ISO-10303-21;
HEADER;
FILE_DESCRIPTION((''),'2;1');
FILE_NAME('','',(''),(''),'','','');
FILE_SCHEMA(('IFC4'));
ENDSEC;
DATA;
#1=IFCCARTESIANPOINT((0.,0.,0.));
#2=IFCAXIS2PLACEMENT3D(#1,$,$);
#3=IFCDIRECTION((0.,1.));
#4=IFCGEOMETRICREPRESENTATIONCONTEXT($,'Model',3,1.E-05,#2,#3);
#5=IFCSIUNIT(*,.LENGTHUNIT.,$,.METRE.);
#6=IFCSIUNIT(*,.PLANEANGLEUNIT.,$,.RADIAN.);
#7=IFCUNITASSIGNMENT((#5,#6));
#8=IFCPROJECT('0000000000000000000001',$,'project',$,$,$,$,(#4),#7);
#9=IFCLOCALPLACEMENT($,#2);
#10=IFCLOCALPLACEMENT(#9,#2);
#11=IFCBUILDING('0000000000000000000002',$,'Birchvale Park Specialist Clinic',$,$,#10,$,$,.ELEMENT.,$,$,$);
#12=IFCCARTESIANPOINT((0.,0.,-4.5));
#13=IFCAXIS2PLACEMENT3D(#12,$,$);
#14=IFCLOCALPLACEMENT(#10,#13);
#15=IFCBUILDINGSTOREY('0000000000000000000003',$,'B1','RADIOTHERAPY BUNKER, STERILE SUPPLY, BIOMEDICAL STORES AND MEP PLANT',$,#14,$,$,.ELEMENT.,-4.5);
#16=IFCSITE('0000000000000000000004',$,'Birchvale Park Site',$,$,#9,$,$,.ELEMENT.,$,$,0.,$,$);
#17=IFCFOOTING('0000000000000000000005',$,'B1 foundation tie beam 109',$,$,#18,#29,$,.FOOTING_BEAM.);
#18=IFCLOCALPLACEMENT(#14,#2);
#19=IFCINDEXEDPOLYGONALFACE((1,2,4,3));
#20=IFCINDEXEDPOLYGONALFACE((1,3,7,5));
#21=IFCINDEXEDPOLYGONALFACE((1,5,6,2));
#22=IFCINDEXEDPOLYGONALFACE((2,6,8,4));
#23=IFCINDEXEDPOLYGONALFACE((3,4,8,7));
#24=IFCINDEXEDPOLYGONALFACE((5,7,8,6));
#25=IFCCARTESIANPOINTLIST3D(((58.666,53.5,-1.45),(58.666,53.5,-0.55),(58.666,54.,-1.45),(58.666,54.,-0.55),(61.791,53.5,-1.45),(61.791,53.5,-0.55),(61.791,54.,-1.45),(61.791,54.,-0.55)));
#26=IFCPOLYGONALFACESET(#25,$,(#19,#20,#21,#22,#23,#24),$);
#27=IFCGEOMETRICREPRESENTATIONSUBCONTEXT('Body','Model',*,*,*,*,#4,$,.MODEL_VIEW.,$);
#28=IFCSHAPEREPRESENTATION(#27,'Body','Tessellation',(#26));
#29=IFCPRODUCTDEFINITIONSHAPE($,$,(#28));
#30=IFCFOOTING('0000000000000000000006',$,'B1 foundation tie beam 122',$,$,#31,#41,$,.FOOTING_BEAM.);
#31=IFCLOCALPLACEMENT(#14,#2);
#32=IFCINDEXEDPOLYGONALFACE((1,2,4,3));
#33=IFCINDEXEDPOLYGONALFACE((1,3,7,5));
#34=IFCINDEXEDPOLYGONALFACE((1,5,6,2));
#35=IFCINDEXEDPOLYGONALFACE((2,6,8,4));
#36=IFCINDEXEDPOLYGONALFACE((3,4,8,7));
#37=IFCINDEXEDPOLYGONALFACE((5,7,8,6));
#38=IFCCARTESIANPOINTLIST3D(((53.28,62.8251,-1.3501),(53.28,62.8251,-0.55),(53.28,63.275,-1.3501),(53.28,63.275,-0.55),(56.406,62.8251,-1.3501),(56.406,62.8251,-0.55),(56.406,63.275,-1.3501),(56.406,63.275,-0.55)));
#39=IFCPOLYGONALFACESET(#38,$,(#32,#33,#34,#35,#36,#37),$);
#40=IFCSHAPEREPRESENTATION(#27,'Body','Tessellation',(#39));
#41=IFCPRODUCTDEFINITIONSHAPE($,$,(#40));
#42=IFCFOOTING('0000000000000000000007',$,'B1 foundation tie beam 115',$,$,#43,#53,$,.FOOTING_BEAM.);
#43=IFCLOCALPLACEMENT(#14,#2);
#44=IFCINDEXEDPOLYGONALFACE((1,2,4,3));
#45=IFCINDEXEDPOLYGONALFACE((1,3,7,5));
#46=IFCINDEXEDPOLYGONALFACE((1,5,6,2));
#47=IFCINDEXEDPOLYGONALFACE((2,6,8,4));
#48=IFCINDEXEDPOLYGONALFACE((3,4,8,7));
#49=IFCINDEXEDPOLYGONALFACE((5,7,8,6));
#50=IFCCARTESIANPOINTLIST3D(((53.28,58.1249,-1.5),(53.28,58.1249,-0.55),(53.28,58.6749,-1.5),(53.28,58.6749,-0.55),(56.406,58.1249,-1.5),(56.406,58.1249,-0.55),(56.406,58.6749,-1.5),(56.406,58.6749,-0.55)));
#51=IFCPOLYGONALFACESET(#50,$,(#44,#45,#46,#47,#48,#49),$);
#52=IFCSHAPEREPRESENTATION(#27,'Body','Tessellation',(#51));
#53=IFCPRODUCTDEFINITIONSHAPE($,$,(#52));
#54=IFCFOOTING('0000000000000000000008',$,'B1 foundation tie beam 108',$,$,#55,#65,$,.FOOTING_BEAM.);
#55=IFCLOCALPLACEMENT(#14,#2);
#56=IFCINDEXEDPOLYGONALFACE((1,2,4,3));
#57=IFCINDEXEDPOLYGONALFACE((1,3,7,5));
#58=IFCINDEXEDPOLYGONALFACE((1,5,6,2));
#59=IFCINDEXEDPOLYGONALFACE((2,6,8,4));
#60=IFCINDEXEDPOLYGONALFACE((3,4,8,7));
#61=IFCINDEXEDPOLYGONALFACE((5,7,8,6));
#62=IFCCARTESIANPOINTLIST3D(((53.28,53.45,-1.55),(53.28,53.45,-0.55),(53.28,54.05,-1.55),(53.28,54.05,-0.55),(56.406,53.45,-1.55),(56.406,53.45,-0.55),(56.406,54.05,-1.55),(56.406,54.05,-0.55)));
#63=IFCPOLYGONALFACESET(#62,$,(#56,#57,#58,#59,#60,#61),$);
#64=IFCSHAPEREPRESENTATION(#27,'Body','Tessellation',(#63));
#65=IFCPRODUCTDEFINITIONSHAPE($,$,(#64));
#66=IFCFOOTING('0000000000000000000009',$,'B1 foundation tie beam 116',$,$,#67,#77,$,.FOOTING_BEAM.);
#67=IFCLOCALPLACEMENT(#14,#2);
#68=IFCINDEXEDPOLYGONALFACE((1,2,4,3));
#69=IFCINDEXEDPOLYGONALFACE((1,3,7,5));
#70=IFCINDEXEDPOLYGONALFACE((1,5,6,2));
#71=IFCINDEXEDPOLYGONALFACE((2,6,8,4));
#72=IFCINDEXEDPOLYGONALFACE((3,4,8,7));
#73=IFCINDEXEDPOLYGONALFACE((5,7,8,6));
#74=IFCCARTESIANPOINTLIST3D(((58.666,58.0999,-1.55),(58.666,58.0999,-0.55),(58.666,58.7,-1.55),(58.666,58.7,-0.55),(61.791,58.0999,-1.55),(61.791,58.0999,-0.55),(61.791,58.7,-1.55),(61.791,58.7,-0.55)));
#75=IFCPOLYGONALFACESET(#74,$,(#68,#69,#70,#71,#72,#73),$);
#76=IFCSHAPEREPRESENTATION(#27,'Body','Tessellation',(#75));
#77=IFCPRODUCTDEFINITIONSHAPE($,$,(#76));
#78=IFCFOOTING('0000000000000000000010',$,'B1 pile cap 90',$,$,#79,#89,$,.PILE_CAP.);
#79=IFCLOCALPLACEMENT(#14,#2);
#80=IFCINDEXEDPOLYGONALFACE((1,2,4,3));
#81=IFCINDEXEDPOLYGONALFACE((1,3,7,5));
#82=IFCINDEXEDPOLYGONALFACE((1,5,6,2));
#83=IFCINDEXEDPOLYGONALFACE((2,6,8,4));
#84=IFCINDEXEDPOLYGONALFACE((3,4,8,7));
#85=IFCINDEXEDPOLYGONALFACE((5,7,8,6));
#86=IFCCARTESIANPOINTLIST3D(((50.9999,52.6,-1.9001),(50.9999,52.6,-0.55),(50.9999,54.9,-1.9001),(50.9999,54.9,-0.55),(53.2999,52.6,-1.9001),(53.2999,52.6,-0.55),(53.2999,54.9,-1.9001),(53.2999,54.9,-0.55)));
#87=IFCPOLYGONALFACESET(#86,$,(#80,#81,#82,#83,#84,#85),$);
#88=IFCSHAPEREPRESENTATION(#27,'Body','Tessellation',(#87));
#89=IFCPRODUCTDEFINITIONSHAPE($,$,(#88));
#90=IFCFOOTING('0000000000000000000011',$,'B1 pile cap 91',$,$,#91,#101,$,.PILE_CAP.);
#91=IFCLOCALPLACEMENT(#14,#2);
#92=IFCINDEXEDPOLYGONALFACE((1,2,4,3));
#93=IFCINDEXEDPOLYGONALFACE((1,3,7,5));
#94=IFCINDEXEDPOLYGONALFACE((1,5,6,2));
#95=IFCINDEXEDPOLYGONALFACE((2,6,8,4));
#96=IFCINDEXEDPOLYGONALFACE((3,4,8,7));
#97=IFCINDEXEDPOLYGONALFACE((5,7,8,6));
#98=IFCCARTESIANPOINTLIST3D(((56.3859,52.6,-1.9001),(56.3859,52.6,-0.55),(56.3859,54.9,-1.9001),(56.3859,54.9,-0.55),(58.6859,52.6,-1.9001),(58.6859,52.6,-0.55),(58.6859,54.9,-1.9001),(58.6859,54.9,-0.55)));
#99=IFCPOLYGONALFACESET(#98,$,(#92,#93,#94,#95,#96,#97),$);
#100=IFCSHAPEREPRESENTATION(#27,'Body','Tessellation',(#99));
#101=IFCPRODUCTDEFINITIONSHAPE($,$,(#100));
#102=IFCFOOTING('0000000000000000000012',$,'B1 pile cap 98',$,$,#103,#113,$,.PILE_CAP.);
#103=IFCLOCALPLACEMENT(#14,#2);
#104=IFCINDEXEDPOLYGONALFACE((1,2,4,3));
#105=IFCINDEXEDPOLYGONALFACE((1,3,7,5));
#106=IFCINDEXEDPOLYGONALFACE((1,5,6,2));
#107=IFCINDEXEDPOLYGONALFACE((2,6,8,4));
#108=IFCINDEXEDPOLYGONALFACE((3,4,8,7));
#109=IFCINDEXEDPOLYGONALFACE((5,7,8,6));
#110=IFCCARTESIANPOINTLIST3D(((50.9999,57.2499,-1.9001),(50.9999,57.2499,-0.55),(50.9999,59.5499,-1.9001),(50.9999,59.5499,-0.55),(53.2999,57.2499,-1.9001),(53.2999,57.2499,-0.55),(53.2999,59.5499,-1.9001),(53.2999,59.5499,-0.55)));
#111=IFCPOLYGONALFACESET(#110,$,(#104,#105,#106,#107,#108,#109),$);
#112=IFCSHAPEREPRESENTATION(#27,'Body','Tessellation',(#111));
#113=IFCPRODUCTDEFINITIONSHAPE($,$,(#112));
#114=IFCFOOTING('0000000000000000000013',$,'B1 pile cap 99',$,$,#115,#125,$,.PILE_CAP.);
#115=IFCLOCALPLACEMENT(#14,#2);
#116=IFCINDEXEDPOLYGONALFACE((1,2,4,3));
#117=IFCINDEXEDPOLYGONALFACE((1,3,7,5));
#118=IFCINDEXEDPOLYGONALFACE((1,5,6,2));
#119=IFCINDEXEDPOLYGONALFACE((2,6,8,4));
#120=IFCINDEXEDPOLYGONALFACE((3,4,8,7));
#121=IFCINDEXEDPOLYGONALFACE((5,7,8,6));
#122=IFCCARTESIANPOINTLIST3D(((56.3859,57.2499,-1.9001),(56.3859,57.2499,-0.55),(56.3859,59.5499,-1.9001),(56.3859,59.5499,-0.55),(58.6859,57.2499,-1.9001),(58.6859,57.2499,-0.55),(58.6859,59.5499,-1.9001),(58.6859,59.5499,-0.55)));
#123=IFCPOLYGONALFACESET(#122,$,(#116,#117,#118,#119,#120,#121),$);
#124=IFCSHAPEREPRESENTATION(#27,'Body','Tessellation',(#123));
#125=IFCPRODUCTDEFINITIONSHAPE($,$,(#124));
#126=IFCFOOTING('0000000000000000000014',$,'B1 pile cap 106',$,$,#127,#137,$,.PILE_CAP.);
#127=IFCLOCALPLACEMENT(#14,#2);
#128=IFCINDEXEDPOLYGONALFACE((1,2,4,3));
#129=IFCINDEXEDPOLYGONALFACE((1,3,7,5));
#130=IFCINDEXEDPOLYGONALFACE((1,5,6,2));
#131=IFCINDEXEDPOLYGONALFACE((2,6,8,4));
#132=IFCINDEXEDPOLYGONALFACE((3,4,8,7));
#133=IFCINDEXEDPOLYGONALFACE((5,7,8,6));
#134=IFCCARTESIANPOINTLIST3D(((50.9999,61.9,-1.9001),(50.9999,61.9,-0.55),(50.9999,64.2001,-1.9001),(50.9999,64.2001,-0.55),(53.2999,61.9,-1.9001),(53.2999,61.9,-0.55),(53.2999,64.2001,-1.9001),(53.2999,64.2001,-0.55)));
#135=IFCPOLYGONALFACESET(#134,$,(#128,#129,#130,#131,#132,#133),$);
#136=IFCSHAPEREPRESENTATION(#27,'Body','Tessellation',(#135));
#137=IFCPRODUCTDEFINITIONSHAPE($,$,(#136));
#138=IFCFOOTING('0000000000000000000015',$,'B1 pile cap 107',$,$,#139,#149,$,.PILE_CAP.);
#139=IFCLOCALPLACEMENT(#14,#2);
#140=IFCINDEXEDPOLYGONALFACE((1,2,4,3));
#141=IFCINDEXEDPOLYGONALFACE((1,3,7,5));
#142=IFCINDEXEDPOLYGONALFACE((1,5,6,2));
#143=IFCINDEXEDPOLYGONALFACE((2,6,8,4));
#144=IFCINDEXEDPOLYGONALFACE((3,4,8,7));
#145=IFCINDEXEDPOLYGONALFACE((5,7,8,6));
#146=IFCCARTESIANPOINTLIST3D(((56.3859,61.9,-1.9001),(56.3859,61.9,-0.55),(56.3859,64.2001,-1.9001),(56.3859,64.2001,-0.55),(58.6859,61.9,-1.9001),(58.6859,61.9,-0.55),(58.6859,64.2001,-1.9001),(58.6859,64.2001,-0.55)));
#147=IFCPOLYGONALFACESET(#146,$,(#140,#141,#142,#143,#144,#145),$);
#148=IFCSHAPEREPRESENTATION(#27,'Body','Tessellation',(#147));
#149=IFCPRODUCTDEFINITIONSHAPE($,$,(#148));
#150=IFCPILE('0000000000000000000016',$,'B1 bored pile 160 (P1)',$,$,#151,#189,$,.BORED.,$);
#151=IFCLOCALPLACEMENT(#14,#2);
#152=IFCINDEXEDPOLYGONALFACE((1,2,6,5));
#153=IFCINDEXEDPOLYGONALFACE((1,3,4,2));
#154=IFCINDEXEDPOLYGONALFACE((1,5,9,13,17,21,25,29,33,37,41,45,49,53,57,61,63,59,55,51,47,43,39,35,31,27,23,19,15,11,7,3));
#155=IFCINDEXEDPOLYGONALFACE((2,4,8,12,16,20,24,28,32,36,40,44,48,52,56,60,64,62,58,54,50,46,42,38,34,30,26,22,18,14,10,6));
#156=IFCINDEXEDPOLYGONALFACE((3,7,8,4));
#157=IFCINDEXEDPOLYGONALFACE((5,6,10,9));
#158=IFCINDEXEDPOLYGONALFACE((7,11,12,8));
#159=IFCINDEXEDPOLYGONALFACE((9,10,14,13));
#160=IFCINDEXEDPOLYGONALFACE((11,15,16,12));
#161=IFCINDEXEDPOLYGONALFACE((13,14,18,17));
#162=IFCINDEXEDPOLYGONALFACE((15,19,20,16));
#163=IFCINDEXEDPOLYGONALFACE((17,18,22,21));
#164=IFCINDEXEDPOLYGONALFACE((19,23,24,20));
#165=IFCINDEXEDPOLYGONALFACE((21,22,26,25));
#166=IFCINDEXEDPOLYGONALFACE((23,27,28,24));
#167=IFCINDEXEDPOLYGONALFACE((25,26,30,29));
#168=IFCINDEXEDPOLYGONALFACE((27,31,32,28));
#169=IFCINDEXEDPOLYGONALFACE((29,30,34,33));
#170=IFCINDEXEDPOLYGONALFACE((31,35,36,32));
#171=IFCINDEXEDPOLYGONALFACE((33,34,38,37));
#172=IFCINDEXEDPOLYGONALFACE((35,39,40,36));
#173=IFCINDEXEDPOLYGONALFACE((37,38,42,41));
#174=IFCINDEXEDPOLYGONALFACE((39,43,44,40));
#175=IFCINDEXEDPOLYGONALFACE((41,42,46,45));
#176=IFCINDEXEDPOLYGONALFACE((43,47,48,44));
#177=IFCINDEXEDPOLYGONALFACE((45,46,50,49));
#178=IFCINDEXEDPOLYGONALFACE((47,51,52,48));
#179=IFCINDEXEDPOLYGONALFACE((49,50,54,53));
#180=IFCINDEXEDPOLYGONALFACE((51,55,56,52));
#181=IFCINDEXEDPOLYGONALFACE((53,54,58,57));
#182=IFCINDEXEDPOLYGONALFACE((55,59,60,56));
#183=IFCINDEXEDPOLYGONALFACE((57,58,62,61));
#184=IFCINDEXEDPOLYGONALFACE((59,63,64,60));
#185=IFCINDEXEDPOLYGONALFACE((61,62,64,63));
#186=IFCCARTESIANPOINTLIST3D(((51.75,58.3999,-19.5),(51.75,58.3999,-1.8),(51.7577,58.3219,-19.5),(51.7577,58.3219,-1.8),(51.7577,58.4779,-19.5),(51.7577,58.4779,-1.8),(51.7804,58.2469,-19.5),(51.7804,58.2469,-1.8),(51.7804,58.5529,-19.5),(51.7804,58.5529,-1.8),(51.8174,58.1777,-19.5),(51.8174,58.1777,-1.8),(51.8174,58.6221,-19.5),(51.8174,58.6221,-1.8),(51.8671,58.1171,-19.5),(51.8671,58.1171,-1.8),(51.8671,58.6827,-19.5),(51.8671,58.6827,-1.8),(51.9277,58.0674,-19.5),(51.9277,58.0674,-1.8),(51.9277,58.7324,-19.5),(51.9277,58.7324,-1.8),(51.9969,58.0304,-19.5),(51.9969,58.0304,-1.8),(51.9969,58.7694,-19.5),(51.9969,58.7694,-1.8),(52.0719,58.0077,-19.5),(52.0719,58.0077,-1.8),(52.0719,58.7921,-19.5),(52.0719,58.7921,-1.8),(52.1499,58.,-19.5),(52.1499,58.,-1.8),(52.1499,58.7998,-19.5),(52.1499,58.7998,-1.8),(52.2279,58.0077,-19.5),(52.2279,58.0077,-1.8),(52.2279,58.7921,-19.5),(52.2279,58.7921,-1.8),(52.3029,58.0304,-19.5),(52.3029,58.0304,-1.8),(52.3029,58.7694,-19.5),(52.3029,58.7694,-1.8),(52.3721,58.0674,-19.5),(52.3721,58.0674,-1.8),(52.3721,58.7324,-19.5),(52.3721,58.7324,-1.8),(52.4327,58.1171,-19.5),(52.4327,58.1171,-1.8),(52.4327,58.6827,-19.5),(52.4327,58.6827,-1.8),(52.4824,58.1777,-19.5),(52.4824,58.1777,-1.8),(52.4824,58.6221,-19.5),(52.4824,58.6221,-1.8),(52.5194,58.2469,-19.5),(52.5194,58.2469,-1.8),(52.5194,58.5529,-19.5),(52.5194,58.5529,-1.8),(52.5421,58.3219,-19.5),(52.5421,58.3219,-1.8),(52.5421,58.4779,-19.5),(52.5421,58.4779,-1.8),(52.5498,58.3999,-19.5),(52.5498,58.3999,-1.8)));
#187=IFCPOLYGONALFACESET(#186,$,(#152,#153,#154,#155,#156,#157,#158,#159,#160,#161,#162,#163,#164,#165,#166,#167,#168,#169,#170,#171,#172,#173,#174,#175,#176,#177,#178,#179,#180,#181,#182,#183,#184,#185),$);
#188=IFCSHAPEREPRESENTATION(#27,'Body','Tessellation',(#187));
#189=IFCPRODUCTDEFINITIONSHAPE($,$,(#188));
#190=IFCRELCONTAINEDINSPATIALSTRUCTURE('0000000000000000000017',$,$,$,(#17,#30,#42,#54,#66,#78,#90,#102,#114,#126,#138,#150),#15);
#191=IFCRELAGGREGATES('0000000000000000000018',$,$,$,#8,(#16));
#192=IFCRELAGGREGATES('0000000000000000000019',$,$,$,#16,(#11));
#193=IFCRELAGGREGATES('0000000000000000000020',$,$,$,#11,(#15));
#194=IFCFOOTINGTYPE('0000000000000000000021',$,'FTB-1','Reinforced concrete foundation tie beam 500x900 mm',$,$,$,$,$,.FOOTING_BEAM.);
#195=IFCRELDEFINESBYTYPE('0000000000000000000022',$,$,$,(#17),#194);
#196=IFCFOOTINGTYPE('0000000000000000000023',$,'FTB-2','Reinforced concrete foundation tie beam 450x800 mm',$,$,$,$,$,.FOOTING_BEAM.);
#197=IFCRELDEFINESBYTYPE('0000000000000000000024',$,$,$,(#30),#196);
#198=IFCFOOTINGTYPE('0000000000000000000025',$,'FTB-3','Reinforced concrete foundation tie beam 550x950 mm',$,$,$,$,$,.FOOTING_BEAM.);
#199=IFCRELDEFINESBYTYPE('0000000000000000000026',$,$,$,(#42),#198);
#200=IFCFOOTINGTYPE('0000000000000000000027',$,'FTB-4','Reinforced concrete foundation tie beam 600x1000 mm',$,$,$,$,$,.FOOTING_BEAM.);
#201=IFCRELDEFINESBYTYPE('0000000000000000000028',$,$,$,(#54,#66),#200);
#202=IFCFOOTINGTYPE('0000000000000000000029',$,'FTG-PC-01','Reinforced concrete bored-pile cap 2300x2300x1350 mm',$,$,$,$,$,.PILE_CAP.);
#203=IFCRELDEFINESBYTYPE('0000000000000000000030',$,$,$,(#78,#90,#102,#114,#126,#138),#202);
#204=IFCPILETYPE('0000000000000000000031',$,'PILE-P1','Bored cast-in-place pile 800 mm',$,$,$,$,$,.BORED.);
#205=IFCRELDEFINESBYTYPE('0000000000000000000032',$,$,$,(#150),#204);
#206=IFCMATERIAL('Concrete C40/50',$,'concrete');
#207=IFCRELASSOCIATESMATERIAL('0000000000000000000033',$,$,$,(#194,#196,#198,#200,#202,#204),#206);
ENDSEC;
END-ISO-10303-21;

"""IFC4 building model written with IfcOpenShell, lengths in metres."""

from ifc_helpers import new_model, si_unit, direction, frame, origin, origin_2d, place, context, subcontext, project, spatial, rectangle, circle, extrude, material, material_profile, profile_set, type_object, element, save


model = new_model("IFC4")

# Units and contexts
model_context = context("Model", 3, precision=1e-05, world=origin(), true_north=direction((0.0, 1.0)))
body_context = subcontext(model_context, "Body", "Model", "MODEL_VIEW")
ifc_project = project(units=[si_unit("LENGTHUNIT", "METRE"), si_unit("PLANEANGLEUNIT", "RADIAN")], contexts=[model_context])

# Site, building, storey
site_placement = place(None, origin())
site = spatial("IfcSite", under=ifc_project, at=site_placement, Name="Birchvale Park Site", CompositionType="ELEMENT", RefElevation=0.0)
building_placement = place(site_placement, origin())
building = spatial("IfcBuilding", under=site, at=building_placement, Name="Birchvale Park Specialist Clinic", CompositionType="ELEMENT")
storey_placement = place(building_placement, frame((0.0, 0.0, -4.5)))
storey = spatial("IfcBuildingStorey", under=building, at=storey_placement, Name="B1", Description="RADIOTHERAPY BUNKER, STERILE SUPPLY, BIOMEDICAL STORES AND MEP PLANT", CompositionType="ELEMENT", Elevation=-4.5)

# Footings
ifc_material = material(Name="Concrete C40/50", Category="concrete")
footing_type_1 = type_object("IfcFootingType", Name="FTB-1", Description="Reinforced concrete foundation tie beam 500x900 mm", PredefinedType="FOOTING_BEAM", material=ifc_material)
footing_1_placement = place(storey_placement, frame((60.2285, 53.75, -1.45), z_axis=(0.0, 0.0, 1.0), x_axis=(1.0, 0.0, 0.0)))
element("IfcFooting", 1, at=footing_1_placement, inside=storey, type_object=footing_type_1, Name="B1 foundation tie beam 109", PredefinedType="FOOTING_BEAM", context=body_context, shape_type="SweptSolid", body=[
    extrude(rectangle(XDim=3.125, YDim=0.5, at=origin_2d()), origin(), (0.0, 0.0, 1.0), 0.8999),
])
footing_type_2 = type_object("IfcFootingType", Name="FTB-2", Description="Reinforced concrete foundation tie beam 450x800 mm", PredefinedType="FOOTING_BEAM", material=ifc_material)
footing_2_placement = place(storey_placement, frame((54.843, 63.05, -1.3501), z_axis=(0.0, 0.0, 1.0), x_axis=(1.0, 0.0, 0.0)))
element("IfcFooting", 2, at=footing_2_placement, inside=storey, type_object=footing_type_2, Name="B1 foundation tie beam 122", PredefinedType="FOOTING_BEAM", context=body_context, shape_type="SweptSolid", body=[
    extrude(rectangle(XDim=3.126, YDim=0.45, at=origin_2d()), origin(), (0.0, 0.0, 1.0), 0.8),
])
footing_type_3 = type_object("IfcFootingType", Name="FTB-3", Description="Reinforced concrete foundation tie beam 550x950 mm", PredefinedType="FOOTING_BEAM", material=ifc_material)
footing_3_placement = place(storey_placement, frame((54.843, 58.3999, -1.5), z_axis=(0.0, 0.0, 1.0), x_axis=(1.0, 0.0, 0.0)))
element("IfcFooting", 3, at=footing_3_placement, inside=storey, type_object=footing_type_3, Name="B1 foundation tie beam 115", PredefinedType="FOOTING_BEAM", context=body_context, shape_type="SweptSolid", body=[
    extrude(rectangle(XDim=3.126, YDim=0.55, at=origin_2d()), origin(), (0.0, 0.0, 1.0), 0.95),
])
footing_type_4 = type_object("IfcFootingType", Name="FTB-4", Description="Reinforced concrete foundation tie beam 600x1000 mm", PredefinedType="FOOTING_BEAM", material=ifc_material)
footing_4_placement = place(storey_placement, frame((54.843, 53.75, -1.55), z_axis=(0.0, 0.0, 1.0), x_axis=(1.0, 0.0, 0.0)))
element("IfcFooting", 4, at=footing_4_placement, inside=storey, type_object=footing_type_4, Name="B1 foundation tie beam 108", PredefinedType="FOOTING_BEAM", context=body_context, shape_type="SweptSolid", body=[
    extrude(rectangle(XDim=3.126, YDim=0.6001, at=origin_2d()), origin(), (0.0, 0.0, 1.0), 1.0),
])
footing_5_placement = place(storey_placement, frame((60.2285, 58.3999, -1.55), z_axis=(0.0, 0.0, 1.0), x_axis=(1.0, 0.0, 0.0)))
element("IfcFooting", 5, at=footing_5_placement, inside=storey, type_object=footing_type_4, Name="B1 foundation tie beam 116", PredefinedType="FOOTING_BEAM", context=body_context, shape_type="SweptSolid", body=[
    extrude(rectangle(XDim=3.125, YDim=0.6001, at=origin_2d()), origin(), (0.0, 0.0, 1.0), 1.0),
])
footing_type_5 = type_object("IfcFootingType", Name="FTG-PC-01", Description="Reinforced concrete bored-pile cap 2300x2300x1350 mm", PredefinedType="PILE_CAP", material=ifc_material)
for number, where, z_axis, x_axis, name in (
    (6, (52.1499, 53.75, -1.9001), (0.0, 0.0, 1.0), (1.0, 0.0, 0.0), "B1 pile cap 90"),
    (7, (57.5359, 53.75, -1.9001), (0.0, 0.0, 1.0), (1.0, 0.0, 0.0), "B1 pile cap 91"),
    (8, (52.1499, 58.3999, -1.9001), (0.0, 0.0, 1.0), (1.0, 0.0, 0.0), "B1 pile cap 98"),
    (9, (57.5359, 58.3999, -1.9001), (0.0, 0.0, 1.0), (1.0, 0.0, 0.0), "B1 pile cap 99"),
    (10, (52.1499, 63.05, -1.9001), (0.0, 0.0, 1.0), (1.0, 0.0, 0.0), "B1 pile cap 106"),
    (11, (57.5359, 63.05, -1.9001), (0.0, 0.0, 1.0), (1.0, 0.0, 0.0), "B1 pile cap 107"),
):
    element("IfcFooting", number, at=place(storey_placement, frame(where, z_axis=z_axis, x_axis=x_axis)), inside=storey, type_object=footing_type_5, Name=name, PredefinedType="PILE_CAP", context=body_context, shape_type="SweptSolid", body=[
        extrude(rectangle(XDim=2.3, YDim=2.3, at=origin_2d()), origin(), (0.0, 0.0, 1.0), 1.3501),
    ])

# Pile
ifc_material_profile_1 = material_profile(ifc_material, circle(Radius=0.3999, at=origin_2d()), Name="PILE-800")
ifc_profile_set_1 = profile_set([ifc_material_profile_1], Name="Concrete C40/50")
pile_type_1 = type_object("IfcPileType", Name="PILE-P1", Description="Bored cast-in-place pile 800 mm", PredefinedType="BORED", material=ifc_profile_set_1)
for number, where, z_axis, x_axis, name in (
    (12, (52.1499, 58.3999, -1.8), (0.0, 0.0, -1.0), (1.0, 0.0, 0.0), "B1 bored pile 160 (P1)"),
):
    element("IfcPile", number, at=place(storey_placement, frame(where, z_axis=z_axis, x_axis=x_axis)), inside=storey, type_object=pile_type_1, Name=name, PredefinedType="BORED", context=body_context, shape_type="SweptSolid", body=[
        extrude(circle(Radius=0.3999, at=origin_2d()), origin(), (0.0, 0.0, 1.0), 17.7),
    ])

save(model, "model.ifc")
